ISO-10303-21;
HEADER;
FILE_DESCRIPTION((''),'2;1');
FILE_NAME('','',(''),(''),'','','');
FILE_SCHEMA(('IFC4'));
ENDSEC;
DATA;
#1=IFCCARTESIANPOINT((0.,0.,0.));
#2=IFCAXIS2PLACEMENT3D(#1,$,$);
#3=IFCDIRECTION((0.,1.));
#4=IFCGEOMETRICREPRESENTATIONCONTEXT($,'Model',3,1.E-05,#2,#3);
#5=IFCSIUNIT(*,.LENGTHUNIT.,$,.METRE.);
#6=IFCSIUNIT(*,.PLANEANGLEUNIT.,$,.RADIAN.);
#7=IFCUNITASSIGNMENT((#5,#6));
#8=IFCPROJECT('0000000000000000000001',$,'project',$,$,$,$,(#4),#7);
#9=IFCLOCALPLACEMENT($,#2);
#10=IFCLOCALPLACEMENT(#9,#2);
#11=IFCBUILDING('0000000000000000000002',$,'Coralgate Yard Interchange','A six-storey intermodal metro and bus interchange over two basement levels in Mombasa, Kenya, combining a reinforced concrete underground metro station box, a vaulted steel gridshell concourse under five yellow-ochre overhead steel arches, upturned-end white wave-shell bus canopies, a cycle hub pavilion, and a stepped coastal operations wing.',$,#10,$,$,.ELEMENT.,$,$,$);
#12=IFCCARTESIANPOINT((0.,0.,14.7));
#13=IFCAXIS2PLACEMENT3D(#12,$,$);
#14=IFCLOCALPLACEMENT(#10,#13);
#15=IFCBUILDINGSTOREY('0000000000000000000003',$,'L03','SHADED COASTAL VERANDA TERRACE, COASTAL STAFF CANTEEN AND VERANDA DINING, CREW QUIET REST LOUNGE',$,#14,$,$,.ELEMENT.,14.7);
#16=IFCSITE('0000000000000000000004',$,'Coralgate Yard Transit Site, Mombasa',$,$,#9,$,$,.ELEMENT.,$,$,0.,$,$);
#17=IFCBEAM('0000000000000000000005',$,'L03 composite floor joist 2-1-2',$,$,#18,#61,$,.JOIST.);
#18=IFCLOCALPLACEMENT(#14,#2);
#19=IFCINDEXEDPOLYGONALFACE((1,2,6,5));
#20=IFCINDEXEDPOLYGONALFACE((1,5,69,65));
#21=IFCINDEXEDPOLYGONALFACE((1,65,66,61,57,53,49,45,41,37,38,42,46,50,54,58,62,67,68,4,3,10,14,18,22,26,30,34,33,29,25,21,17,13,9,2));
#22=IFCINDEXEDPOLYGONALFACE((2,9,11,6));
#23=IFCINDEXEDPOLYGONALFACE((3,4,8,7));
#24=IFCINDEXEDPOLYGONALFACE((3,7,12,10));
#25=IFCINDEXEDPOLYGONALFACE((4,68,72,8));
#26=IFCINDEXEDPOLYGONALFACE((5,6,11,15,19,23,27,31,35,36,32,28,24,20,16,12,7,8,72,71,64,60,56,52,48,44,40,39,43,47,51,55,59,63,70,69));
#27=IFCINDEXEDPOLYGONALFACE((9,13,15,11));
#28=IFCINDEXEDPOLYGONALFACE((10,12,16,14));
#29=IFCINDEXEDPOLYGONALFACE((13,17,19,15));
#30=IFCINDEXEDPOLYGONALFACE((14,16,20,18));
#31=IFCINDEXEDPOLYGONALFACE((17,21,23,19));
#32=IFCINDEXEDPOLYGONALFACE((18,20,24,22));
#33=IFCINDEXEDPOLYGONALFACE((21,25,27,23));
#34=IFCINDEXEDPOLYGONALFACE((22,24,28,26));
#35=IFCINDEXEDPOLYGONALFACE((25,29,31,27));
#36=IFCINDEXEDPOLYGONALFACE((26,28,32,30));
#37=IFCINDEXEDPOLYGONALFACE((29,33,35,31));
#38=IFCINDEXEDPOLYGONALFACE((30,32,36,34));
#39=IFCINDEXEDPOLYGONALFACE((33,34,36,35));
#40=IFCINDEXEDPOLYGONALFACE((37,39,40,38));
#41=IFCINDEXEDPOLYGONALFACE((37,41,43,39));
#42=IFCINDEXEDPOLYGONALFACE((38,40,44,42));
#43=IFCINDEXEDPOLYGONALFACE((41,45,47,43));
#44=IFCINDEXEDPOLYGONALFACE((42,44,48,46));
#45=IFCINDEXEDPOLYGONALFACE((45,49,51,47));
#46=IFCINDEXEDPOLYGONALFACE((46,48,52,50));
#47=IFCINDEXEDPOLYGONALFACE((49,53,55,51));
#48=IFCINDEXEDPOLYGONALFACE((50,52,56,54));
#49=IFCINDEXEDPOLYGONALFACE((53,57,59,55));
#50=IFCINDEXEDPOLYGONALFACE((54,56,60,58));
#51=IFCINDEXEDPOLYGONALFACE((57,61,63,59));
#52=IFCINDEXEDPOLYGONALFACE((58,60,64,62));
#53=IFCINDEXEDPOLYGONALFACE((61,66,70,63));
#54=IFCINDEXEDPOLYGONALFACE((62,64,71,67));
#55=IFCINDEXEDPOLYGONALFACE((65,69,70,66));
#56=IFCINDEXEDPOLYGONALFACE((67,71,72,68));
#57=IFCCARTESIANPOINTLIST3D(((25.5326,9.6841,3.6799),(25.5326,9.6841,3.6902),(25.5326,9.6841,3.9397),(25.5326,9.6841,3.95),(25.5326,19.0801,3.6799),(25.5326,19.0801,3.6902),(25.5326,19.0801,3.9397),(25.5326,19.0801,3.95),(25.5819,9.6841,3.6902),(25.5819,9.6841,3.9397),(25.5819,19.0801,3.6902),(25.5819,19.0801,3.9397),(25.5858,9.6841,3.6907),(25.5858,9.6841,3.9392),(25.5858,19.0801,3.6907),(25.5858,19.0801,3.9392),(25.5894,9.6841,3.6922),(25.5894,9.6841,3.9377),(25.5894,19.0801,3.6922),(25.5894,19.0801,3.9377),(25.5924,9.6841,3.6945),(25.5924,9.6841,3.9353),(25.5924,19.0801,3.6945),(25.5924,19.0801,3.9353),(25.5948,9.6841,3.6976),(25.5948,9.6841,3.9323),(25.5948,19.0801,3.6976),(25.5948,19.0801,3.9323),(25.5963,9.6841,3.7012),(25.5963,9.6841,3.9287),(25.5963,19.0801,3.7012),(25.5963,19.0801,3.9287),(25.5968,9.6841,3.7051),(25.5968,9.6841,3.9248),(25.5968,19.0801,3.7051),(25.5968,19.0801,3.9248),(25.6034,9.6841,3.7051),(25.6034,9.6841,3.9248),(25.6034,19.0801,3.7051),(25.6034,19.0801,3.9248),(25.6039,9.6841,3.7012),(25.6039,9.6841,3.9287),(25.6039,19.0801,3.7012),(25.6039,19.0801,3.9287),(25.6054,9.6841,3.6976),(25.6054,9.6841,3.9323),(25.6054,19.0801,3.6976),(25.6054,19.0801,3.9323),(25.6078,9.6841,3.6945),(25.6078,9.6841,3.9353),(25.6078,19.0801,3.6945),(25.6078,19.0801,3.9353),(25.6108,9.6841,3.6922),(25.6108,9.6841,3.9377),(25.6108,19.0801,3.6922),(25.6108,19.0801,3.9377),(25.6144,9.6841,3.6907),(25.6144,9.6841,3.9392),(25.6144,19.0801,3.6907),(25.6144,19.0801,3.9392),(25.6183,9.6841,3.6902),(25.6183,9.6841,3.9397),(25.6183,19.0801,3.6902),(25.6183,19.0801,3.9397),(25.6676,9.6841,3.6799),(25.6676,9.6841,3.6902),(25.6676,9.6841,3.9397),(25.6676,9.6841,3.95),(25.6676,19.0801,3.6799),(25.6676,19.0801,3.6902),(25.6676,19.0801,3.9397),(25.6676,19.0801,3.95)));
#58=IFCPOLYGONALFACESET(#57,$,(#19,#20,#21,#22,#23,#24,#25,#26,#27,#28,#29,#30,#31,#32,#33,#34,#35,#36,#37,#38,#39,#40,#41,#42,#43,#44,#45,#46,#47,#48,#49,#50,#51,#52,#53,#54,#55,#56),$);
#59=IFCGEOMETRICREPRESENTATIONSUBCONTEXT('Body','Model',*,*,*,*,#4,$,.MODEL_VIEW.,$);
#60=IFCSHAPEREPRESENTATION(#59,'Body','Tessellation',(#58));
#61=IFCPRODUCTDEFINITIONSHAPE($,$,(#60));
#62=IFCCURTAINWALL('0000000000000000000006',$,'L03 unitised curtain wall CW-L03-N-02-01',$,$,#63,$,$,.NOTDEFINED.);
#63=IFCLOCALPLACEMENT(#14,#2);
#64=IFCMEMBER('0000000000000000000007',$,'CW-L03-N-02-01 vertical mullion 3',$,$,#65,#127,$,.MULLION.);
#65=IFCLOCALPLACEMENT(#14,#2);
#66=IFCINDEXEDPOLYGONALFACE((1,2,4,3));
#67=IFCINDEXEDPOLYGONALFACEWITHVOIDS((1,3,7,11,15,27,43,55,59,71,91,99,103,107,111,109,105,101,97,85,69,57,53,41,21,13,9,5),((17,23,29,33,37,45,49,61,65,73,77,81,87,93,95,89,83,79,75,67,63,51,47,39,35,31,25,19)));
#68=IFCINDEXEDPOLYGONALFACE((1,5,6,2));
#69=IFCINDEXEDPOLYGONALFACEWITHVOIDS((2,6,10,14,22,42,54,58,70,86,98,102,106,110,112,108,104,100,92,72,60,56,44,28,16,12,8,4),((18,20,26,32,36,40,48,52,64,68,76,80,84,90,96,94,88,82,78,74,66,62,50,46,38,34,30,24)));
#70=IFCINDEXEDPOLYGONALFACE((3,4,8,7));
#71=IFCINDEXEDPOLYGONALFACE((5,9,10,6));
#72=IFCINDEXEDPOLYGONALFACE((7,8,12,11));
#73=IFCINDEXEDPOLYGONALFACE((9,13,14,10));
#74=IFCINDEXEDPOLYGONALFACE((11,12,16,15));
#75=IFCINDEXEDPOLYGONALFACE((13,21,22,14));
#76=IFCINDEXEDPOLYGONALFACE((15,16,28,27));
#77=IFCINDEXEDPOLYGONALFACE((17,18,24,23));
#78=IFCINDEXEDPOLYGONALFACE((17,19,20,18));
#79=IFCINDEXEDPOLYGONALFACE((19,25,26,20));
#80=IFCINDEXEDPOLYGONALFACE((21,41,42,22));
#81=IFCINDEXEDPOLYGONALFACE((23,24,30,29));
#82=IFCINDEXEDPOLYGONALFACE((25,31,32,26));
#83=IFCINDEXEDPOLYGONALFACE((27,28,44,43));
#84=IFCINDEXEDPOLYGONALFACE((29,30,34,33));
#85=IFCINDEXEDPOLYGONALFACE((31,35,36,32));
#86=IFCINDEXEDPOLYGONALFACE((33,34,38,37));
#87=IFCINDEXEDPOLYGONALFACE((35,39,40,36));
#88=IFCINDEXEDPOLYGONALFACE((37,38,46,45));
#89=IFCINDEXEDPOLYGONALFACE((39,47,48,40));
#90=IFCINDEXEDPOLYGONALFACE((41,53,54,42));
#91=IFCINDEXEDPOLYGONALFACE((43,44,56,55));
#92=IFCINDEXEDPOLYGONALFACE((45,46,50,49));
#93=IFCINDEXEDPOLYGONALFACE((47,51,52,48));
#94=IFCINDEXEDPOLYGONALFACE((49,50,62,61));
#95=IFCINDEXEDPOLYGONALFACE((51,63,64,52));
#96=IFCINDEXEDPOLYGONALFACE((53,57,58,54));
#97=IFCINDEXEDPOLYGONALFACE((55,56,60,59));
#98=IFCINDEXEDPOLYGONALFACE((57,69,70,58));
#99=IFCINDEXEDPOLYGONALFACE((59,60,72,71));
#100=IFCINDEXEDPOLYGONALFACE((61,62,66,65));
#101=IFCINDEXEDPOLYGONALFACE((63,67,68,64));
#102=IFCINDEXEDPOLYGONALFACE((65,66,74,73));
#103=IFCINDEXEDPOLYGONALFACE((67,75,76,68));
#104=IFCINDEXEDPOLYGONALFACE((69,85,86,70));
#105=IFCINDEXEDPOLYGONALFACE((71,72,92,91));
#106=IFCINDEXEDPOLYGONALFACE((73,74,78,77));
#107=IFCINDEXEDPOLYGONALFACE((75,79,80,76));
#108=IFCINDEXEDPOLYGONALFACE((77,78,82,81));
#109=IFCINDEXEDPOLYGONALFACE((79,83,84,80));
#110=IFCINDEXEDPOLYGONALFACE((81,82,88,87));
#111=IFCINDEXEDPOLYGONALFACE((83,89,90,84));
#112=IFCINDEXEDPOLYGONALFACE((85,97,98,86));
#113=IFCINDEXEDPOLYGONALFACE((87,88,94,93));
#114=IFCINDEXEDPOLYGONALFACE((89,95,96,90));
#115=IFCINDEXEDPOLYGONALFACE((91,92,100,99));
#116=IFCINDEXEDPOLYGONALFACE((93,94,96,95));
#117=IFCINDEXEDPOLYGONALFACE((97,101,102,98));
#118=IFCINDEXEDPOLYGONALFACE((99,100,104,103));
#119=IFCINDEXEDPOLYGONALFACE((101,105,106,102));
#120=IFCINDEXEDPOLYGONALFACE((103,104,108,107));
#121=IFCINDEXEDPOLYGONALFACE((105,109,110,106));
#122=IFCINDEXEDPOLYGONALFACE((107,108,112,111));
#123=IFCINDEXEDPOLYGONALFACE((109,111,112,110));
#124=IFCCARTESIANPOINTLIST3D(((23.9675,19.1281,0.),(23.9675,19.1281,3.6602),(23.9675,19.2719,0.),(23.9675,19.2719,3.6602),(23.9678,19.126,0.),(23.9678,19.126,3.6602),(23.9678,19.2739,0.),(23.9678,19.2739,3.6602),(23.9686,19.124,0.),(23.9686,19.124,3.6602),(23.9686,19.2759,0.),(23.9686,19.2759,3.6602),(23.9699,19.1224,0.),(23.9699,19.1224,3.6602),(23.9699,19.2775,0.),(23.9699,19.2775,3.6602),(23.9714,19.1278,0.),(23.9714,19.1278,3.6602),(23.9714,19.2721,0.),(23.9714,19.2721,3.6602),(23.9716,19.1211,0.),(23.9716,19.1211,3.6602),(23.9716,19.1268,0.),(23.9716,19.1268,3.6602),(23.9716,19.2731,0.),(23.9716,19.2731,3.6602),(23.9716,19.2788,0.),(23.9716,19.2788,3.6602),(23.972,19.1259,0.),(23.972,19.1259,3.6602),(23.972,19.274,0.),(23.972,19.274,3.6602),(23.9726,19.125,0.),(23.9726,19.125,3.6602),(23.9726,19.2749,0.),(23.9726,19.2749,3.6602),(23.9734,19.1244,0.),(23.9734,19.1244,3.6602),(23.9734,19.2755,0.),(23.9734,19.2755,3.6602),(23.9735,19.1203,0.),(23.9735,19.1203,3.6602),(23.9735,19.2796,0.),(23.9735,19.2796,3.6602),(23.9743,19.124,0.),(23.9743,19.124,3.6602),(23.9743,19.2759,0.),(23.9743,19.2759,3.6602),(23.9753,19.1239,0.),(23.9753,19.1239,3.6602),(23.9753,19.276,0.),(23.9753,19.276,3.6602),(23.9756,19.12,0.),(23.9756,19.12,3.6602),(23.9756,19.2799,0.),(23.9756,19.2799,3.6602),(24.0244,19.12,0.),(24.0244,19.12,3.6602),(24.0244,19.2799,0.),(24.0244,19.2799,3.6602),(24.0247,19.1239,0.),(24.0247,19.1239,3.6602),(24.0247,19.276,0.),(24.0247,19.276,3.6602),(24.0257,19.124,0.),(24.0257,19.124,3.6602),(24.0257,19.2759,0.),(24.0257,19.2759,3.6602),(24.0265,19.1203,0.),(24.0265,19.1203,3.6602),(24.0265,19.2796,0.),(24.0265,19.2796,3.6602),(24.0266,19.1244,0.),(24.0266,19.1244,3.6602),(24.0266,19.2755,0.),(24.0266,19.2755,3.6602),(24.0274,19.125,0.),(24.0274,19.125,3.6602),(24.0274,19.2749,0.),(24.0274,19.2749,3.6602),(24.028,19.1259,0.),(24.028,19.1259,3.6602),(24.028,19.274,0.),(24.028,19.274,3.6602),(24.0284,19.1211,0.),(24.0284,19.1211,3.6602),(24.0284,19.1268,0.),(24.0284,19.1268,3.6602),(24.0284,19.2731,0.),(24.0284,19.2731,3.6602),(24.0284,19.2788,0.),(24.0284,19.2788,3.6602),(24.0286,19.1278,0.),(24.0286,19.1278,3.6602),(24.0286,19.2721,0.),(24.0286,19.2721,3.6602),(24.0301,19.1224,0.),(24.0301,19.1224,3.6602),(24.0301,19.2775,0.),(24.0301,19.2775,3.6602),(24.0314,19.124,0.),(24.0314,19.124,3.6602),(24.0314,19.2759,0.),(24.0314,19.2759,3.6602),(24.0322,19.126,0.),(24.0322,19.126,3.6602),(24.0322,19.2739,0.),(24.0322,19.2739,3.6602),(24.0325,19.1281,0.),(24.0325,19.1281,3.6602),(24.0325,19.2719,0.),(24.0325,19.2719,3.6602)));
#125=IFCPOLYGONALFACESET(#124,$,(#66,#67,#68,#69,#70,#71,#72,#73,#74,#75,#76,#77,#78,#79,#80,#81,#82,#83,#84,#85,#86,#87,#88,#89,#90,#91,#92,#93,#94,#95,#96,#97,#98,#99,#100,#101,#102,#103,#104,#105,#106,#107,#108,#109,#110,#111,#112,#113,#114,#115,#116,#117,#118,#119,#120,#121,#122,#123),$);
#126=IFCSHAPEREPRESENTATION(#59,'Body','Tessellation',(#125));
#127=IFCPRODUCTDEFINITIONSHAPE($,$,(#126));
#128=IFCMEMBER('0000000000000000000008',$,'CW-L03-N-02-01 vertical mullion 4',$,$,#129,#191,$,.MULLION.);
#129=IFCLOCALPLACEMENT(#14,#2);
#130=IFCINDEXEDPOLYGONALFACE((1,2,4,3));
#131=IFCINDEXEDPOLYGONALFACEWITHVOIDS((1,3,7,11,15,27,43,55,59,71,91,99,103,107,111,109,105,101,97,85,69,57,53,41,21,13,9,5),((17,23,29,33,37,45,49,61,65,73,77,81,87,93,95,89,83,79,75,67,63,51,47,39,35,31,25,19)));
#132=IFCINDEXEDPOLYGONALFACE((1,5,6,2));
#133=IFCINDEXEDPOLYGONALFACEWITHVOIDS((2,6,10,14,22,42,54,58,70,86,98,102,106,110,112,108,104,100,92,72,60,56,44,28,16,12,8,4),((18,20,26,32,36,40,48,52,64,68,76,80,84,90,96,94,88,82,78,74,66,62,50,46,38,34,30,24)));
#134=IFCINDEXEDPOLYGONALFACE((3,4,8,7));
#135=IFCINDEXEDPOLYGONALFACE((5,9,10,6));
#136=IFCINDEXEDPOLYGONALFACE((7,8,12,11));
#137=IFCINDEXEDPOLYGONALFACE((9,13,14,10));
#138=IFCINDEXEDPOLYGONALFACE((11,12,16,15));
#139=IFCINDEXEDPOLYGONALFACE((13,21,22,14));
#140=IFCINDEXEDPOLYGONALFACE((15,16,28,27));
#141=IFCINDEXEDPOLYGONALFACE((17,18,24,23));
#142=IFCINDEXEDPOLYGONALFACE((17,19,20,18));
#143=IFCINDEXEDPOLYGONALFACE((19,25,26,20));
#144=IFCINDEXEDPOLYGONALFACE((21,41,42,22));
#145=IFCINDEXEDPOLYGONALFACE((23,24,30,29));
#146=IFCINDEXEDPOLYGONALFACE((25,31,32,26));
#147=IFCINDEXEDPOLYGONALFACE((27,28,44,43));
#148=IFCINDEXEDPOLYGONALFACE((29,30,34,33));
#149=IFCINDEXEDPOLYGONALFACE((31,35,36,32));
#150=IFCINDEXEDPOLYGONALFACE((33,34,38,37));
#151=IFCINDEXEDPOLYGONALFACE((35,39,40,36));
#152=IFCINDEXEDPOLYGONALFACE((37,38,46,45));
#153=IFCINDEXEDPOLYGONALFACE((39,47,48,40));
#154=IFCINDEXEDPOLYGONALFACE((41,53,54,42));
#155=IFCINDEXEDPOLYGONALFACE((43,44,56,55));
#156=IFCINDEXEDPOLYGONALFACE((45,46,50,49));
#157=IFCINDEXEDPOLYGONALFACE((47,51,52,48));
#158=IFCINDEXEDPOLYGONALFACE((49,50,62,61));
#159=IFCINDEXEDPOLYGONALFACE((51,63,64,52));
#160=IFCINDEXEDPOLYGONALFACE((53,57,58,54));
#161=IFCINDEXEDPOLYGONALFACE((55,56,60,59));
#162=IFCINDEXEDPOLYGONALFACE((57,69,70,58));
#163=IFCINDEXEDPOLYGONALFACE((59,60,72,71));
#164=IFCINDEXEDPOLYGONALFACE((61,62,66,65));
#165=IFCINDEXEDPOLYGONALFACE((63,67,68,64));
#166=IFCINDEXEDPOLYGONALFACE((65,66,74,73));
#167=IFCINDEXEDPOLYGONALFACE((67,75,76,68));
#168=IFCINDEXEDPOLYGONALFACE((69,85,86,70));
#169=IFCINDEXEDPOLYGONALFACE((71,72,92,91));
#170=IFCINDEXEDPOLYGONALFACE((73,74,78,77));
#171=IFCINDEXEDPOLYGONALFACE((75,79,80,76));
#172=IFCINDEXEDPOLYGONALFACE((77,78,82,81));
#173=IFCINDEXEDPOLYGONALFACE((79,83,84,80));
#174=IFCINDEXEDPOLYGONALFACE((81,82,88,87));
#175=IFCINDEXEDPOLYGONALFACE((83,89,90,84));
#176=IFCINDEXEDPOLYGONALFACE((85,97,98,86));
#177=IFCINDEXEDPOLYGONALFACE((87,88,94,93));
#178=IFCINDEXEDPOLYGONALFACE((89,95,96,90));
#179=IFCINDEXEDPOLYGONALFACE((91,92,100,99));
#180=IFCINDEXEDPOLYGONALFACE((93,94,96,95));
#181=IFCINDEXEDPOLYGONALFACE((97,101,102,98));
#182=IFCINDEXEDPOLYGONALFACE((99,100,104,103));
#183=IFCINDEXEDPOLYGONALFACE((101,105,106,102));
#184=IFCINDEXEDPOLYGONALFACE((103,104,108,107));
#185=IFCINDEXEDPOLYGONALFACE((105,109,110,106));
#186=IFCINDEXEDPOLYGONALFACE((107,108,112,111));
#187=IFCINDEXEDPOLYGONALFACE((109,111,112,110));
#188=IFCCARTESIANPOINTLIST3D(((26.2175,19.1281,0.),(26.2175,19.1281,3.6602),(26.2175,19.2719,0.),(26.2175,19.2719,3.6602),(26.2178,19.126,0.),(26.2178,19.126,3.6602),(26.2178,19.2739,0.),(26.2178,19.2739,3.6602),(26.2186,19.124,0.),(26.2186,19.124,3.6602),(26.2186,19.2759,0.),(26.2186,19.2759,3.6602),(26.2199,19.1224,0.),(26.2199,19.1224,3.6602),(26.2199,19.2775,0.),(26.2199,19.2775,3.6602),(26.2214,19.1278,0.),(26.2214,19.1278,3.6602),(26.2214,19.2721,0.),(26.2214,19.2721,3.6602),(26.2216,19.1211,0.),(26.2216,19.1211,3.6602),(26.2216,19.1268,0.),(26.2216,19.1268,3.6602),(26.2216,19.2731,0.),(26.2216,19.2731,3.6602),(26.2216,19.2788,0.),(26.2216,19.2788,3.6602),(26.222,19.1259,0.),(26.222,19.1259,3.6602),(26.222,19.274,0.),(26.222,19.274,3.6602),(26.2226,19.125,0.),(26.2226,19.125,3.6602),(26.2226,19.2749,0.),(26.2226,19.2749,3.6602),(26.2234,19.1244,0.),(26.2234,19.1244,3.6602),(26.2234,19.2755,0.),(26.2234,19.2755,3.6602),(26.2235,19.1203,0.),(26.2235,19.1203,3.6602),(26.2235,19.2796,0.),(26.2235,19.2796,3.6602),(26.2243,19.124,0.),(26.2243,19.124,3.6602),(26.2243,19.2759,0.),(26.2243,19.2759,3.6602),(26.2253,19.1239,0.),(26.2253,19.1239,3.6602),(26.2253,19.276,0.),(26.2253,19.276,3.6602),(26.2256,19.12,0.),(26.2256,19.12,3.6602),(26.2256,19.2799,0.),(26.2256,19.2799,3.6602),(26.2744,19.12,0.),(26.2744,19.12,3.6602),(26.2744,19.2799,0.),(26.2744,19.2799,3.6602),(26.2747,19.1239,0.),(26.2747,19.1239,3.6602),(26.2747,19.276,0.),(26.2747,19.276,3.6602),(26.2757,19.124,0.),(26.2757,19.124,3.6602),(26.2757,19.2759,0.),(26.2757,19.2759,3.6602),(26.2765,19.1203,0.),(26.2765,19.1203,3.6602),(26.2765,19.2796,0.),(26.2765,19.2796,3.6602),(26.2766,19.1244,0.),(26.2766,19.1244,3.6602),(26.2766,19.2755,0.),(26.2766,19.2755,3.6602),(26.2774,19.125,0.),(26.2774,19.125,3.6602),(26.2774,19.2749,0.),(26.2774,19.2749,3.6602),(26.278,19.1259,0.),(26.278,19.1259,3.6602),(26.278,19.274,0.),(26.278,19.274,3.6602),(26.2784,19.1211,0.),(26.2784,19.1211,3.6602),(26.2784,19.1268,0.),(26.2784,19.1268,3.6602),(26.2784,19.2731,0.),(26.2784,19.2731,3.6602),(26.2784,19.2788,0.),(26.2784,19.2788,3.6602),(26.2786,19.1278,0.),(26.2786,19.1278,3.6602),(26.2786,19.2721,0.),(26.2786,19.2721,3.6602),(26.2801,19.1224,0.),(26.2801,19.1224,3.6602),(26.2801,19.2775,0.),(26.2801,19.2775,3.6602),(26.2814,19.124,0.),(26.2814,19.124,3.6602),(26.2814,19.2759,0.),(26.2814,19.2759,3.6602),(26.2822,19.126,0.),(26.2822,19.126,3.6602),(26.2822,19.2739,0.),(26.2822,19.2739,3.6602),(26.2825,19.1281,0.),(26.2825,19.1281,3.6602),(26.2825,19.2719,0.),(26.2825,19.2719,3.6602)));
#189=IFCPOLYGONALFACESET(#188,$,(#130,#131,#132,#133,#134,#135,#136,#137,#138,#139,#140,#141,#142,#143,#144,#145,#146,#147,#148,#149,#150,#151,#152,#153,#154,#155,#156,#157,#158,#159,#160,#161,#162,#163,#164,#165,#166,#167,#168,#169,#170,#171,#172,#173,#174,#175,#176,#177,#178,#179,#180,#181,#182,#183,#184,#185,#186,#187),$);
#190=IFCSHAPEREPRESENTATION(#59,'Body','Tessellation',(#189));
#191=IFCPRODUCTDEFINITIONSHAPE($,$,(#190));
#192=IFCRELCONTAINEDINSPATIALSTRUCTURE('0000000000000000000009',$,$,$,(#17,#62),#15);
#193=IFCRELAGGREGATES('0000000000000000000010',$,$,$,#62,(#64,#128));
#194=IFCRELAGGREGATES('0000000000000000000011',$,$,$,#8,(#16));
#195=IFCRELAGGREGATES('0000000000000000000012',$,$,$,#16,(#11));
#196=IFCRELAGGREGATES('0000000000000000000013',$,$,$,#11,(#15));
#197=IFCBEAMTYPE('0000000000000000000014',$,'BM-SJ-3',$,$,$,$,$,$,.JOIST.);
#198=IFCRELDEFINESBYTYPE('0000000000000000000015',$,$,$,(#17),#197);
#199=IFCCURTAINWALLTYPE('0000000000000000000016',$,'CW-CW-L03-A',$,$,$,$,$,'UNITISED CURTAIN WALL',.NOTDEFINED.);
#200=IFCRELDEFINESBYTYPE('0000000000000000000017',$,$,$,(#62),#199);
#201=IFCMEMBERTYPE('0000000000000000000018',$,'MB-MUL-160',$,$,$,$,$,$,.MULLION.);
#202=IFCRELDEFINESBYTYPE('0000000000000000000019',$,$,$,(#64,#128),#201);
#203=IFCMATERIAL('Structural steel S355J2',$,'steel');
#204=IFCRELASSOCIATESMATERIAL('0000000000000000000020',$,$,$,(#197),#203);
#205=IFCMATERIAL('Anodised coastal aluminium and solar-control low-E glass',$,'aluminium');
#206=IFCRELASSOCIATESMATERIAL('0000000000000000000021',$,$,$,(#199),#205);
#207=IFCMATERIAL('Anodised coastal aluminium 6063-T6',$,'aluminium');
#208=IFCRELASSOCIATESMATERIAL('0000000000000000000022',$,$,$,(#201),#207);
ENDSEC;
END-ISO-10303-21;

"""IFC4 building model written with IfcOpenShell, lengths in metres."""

from ifc_helpers import new_model, si_unit, direction, frame, origin, origin_2d, place, context, subcontext, project, spatial, hollow_rectangle, i_section, extrude, material, material_profile, profile_set, type_object, element, aggregate, save


model = new_model("IFC4")

# Units and contexts
model_context = context("Model", 3, precision=1e-05, world=origin(), true_north=direction((0.0, 1.0)))
body_context = subcontext(model_context, "Body", "Model", "MODEL_VIEW")
ifc_project = project(units=[si_unit("LENGTHUNIT", "METRE"), si_unit("PLANEANGLEUNIT", "RADIAN")], contexts=[model_context])

# Site, building, storey
site_placement = place(None, origin())
site = spatial("IfcSite", under=ifc_project, at=site_placement, Name="Coralgate Yard Transit Site, Mombasa", CompositionType="ELEMENT", RefElevation=0.0)
building_placement = place(site_placement, origin())
building = spatial("IfcBuilding", under=site, at=building_placement, Name="Coralgate Yard Interchange", Description="A six-storey intermodal metro and bus interchange over two basement levels in Mombasa, Kenya, combining a reinforced concrete underground metro station box, a vaulted steel gridshell concourse under five yellow-ochre overhead steel arches, upturned-end white wave-shell bus canopies, a cycle hub pavilion, and a stepped coastal operations wing.", CompositionType="ELEMENT")
storey_placement = place(building_placement, frame((0.0, 0.0, 14.7)))
storey = spatial("IfcBuildingStorey", under=building, at=storey_placement, Name="L03", Description="SHADED COASTAL VERANDA TERRACE, COASTAL STAFF CANTEEN AND VERANDA DINING, CREW QUIET REST LOUNGE", CompositionType="ELEMENT", Elevation=14.7)

# Beam
ifc_material_1 = material(Name="Structural steel S355J2", Category="steel")
ifc_material_profile_1 = material_profile(ifc_material_1, i_section(OverallWidth=0.135, OverallDepth=0.27, WebThickness=0.0066, FlangeThickness=0.0103, FilletRadius=0.0149, at=origin_2d()), Name="IPE 270")
ifc_profile_set_1 = profile_set([ifc_material_profile_1], Name="Structural steel S355J2")
beam_type = type_object("IfcBeamType", Name="BM-SJ-3", PredefinedType="JOIST", material=ifc_profile_set_1)
beam_placement = place(storey_placement, frame((25.6001, 9.6841, 3.8149), z_axis=(0.0, 1.0, 0.0), x_axis=(-1.0, 0.0, 0.0)))
element("IfcBeam", 1, at=beam_placement, inside=storey, type_object=beam_type, Name="L03 composite floor joist 2-1-2", PredefinedType="JOIST", context=body_context, shape_type="SweptSolid", body=[
    extrude(i_section(OverallWidth=0.135, OverallDepth=0.27, WebThickness=0.0066, FlangeThickness=0.0103, FilletRadius=0.0149, at=origin_2d()), origin(), (0.0, 0.0, 1.0), 9.396),
])

# Curtain wall, members
ifc_material_2 = material(Name="Anodised coastal aluminium and solar-control low-E glass", Category="aluminium")
curtain_wall_type = type_object("IfcCurtainWallType", Name="CW-CW-L03-A", ElementType="UNITISED CURTAIN WALL", PredefinedType="NOTDEFINED", material=ifc_material_2)
curtain_wall_placement = place(storey_placement, origin())
curtain_wall = element("IfcCurtainWall", 2, at=curtain_wall_placement, inside=storey, type_object=curtain_wall_type, Name="L03 unitised curtain wall CW-L03-N-02-01", PredefinedType="NOTDEFINED")
ifc_material_3 = material(Name="Anodised coastal aluminium 6063-T6", Category="aluminium")
ifc_material_profile_2 = material_profile(ifc_material_3, hollow_rectangle(XDim=0.0649, YDim=0.1599, WallThickness=0.0039, InnerFilletRadius=0.0039, OuterFilletRadius=0.0081, at=origin_2d()), Name="ALU 65x160x4")
ifc_profile_set_2 = profile_set([ifc_material_profile_2], Name="Anodised coastal aluminium 6063-T6")
member_type_1 = type_object("IfcMemberType", Name="MB-MUL-160", PredefinedType="MULLION", material=ifc_profile_set_2)
member_1_placement = place(storey_placement, frame((24.0, 19.2, 0.0), z_axis=(0.0, 0.0, 1.0), x_axis=(1.0, 0.0, 0.0)))
member_1 = element("IfcMember", 3, at=member_1_placement, type_object=member_type_1, Name="CW-L03-N-02-01 vertical mullion 3", PredefinedType="MULLION", context=body_context, shape_type="SweptSolid", body=[
    extrude(hollow_rectangle(XDim=0.0649, YDim=0.1599, WallThickness=0.0039, InnerFilletRadius=0.0039, OuterFilletRadius=0.0081, at=origin_2d()), origin(), (0.0, 0.0, 1.0), 3.6602),
])
member_2_placement = place(storey_placement, frame((26.25, 19.2, 0.0), z_axis=(0.0, 0.0, 1.0), x_axis=(1.0, 0.0, 0.0)))
member_2 = element("IfcMember", 4, at=member_2_placement, type_object=member_type_1, Name="CW-L03-N-02-01 vertical mullion 4", PredefinedType="MULLION", context=body_context, shape_type="SweptSolid", body=[
    extrude(hollow_rectangle(XDim=0.0649, YDim=0.1599, WallThickness=0.0039, InnerFilletRadius=0.0039, OuterFilletRadius=0.0081, at=origin_2d()), origin(), (0.0, 0.0, 1.0), 3.6602),
])
aggregate(curtain_wall, [member_1, member_2])

save(model, "model.ifc")
